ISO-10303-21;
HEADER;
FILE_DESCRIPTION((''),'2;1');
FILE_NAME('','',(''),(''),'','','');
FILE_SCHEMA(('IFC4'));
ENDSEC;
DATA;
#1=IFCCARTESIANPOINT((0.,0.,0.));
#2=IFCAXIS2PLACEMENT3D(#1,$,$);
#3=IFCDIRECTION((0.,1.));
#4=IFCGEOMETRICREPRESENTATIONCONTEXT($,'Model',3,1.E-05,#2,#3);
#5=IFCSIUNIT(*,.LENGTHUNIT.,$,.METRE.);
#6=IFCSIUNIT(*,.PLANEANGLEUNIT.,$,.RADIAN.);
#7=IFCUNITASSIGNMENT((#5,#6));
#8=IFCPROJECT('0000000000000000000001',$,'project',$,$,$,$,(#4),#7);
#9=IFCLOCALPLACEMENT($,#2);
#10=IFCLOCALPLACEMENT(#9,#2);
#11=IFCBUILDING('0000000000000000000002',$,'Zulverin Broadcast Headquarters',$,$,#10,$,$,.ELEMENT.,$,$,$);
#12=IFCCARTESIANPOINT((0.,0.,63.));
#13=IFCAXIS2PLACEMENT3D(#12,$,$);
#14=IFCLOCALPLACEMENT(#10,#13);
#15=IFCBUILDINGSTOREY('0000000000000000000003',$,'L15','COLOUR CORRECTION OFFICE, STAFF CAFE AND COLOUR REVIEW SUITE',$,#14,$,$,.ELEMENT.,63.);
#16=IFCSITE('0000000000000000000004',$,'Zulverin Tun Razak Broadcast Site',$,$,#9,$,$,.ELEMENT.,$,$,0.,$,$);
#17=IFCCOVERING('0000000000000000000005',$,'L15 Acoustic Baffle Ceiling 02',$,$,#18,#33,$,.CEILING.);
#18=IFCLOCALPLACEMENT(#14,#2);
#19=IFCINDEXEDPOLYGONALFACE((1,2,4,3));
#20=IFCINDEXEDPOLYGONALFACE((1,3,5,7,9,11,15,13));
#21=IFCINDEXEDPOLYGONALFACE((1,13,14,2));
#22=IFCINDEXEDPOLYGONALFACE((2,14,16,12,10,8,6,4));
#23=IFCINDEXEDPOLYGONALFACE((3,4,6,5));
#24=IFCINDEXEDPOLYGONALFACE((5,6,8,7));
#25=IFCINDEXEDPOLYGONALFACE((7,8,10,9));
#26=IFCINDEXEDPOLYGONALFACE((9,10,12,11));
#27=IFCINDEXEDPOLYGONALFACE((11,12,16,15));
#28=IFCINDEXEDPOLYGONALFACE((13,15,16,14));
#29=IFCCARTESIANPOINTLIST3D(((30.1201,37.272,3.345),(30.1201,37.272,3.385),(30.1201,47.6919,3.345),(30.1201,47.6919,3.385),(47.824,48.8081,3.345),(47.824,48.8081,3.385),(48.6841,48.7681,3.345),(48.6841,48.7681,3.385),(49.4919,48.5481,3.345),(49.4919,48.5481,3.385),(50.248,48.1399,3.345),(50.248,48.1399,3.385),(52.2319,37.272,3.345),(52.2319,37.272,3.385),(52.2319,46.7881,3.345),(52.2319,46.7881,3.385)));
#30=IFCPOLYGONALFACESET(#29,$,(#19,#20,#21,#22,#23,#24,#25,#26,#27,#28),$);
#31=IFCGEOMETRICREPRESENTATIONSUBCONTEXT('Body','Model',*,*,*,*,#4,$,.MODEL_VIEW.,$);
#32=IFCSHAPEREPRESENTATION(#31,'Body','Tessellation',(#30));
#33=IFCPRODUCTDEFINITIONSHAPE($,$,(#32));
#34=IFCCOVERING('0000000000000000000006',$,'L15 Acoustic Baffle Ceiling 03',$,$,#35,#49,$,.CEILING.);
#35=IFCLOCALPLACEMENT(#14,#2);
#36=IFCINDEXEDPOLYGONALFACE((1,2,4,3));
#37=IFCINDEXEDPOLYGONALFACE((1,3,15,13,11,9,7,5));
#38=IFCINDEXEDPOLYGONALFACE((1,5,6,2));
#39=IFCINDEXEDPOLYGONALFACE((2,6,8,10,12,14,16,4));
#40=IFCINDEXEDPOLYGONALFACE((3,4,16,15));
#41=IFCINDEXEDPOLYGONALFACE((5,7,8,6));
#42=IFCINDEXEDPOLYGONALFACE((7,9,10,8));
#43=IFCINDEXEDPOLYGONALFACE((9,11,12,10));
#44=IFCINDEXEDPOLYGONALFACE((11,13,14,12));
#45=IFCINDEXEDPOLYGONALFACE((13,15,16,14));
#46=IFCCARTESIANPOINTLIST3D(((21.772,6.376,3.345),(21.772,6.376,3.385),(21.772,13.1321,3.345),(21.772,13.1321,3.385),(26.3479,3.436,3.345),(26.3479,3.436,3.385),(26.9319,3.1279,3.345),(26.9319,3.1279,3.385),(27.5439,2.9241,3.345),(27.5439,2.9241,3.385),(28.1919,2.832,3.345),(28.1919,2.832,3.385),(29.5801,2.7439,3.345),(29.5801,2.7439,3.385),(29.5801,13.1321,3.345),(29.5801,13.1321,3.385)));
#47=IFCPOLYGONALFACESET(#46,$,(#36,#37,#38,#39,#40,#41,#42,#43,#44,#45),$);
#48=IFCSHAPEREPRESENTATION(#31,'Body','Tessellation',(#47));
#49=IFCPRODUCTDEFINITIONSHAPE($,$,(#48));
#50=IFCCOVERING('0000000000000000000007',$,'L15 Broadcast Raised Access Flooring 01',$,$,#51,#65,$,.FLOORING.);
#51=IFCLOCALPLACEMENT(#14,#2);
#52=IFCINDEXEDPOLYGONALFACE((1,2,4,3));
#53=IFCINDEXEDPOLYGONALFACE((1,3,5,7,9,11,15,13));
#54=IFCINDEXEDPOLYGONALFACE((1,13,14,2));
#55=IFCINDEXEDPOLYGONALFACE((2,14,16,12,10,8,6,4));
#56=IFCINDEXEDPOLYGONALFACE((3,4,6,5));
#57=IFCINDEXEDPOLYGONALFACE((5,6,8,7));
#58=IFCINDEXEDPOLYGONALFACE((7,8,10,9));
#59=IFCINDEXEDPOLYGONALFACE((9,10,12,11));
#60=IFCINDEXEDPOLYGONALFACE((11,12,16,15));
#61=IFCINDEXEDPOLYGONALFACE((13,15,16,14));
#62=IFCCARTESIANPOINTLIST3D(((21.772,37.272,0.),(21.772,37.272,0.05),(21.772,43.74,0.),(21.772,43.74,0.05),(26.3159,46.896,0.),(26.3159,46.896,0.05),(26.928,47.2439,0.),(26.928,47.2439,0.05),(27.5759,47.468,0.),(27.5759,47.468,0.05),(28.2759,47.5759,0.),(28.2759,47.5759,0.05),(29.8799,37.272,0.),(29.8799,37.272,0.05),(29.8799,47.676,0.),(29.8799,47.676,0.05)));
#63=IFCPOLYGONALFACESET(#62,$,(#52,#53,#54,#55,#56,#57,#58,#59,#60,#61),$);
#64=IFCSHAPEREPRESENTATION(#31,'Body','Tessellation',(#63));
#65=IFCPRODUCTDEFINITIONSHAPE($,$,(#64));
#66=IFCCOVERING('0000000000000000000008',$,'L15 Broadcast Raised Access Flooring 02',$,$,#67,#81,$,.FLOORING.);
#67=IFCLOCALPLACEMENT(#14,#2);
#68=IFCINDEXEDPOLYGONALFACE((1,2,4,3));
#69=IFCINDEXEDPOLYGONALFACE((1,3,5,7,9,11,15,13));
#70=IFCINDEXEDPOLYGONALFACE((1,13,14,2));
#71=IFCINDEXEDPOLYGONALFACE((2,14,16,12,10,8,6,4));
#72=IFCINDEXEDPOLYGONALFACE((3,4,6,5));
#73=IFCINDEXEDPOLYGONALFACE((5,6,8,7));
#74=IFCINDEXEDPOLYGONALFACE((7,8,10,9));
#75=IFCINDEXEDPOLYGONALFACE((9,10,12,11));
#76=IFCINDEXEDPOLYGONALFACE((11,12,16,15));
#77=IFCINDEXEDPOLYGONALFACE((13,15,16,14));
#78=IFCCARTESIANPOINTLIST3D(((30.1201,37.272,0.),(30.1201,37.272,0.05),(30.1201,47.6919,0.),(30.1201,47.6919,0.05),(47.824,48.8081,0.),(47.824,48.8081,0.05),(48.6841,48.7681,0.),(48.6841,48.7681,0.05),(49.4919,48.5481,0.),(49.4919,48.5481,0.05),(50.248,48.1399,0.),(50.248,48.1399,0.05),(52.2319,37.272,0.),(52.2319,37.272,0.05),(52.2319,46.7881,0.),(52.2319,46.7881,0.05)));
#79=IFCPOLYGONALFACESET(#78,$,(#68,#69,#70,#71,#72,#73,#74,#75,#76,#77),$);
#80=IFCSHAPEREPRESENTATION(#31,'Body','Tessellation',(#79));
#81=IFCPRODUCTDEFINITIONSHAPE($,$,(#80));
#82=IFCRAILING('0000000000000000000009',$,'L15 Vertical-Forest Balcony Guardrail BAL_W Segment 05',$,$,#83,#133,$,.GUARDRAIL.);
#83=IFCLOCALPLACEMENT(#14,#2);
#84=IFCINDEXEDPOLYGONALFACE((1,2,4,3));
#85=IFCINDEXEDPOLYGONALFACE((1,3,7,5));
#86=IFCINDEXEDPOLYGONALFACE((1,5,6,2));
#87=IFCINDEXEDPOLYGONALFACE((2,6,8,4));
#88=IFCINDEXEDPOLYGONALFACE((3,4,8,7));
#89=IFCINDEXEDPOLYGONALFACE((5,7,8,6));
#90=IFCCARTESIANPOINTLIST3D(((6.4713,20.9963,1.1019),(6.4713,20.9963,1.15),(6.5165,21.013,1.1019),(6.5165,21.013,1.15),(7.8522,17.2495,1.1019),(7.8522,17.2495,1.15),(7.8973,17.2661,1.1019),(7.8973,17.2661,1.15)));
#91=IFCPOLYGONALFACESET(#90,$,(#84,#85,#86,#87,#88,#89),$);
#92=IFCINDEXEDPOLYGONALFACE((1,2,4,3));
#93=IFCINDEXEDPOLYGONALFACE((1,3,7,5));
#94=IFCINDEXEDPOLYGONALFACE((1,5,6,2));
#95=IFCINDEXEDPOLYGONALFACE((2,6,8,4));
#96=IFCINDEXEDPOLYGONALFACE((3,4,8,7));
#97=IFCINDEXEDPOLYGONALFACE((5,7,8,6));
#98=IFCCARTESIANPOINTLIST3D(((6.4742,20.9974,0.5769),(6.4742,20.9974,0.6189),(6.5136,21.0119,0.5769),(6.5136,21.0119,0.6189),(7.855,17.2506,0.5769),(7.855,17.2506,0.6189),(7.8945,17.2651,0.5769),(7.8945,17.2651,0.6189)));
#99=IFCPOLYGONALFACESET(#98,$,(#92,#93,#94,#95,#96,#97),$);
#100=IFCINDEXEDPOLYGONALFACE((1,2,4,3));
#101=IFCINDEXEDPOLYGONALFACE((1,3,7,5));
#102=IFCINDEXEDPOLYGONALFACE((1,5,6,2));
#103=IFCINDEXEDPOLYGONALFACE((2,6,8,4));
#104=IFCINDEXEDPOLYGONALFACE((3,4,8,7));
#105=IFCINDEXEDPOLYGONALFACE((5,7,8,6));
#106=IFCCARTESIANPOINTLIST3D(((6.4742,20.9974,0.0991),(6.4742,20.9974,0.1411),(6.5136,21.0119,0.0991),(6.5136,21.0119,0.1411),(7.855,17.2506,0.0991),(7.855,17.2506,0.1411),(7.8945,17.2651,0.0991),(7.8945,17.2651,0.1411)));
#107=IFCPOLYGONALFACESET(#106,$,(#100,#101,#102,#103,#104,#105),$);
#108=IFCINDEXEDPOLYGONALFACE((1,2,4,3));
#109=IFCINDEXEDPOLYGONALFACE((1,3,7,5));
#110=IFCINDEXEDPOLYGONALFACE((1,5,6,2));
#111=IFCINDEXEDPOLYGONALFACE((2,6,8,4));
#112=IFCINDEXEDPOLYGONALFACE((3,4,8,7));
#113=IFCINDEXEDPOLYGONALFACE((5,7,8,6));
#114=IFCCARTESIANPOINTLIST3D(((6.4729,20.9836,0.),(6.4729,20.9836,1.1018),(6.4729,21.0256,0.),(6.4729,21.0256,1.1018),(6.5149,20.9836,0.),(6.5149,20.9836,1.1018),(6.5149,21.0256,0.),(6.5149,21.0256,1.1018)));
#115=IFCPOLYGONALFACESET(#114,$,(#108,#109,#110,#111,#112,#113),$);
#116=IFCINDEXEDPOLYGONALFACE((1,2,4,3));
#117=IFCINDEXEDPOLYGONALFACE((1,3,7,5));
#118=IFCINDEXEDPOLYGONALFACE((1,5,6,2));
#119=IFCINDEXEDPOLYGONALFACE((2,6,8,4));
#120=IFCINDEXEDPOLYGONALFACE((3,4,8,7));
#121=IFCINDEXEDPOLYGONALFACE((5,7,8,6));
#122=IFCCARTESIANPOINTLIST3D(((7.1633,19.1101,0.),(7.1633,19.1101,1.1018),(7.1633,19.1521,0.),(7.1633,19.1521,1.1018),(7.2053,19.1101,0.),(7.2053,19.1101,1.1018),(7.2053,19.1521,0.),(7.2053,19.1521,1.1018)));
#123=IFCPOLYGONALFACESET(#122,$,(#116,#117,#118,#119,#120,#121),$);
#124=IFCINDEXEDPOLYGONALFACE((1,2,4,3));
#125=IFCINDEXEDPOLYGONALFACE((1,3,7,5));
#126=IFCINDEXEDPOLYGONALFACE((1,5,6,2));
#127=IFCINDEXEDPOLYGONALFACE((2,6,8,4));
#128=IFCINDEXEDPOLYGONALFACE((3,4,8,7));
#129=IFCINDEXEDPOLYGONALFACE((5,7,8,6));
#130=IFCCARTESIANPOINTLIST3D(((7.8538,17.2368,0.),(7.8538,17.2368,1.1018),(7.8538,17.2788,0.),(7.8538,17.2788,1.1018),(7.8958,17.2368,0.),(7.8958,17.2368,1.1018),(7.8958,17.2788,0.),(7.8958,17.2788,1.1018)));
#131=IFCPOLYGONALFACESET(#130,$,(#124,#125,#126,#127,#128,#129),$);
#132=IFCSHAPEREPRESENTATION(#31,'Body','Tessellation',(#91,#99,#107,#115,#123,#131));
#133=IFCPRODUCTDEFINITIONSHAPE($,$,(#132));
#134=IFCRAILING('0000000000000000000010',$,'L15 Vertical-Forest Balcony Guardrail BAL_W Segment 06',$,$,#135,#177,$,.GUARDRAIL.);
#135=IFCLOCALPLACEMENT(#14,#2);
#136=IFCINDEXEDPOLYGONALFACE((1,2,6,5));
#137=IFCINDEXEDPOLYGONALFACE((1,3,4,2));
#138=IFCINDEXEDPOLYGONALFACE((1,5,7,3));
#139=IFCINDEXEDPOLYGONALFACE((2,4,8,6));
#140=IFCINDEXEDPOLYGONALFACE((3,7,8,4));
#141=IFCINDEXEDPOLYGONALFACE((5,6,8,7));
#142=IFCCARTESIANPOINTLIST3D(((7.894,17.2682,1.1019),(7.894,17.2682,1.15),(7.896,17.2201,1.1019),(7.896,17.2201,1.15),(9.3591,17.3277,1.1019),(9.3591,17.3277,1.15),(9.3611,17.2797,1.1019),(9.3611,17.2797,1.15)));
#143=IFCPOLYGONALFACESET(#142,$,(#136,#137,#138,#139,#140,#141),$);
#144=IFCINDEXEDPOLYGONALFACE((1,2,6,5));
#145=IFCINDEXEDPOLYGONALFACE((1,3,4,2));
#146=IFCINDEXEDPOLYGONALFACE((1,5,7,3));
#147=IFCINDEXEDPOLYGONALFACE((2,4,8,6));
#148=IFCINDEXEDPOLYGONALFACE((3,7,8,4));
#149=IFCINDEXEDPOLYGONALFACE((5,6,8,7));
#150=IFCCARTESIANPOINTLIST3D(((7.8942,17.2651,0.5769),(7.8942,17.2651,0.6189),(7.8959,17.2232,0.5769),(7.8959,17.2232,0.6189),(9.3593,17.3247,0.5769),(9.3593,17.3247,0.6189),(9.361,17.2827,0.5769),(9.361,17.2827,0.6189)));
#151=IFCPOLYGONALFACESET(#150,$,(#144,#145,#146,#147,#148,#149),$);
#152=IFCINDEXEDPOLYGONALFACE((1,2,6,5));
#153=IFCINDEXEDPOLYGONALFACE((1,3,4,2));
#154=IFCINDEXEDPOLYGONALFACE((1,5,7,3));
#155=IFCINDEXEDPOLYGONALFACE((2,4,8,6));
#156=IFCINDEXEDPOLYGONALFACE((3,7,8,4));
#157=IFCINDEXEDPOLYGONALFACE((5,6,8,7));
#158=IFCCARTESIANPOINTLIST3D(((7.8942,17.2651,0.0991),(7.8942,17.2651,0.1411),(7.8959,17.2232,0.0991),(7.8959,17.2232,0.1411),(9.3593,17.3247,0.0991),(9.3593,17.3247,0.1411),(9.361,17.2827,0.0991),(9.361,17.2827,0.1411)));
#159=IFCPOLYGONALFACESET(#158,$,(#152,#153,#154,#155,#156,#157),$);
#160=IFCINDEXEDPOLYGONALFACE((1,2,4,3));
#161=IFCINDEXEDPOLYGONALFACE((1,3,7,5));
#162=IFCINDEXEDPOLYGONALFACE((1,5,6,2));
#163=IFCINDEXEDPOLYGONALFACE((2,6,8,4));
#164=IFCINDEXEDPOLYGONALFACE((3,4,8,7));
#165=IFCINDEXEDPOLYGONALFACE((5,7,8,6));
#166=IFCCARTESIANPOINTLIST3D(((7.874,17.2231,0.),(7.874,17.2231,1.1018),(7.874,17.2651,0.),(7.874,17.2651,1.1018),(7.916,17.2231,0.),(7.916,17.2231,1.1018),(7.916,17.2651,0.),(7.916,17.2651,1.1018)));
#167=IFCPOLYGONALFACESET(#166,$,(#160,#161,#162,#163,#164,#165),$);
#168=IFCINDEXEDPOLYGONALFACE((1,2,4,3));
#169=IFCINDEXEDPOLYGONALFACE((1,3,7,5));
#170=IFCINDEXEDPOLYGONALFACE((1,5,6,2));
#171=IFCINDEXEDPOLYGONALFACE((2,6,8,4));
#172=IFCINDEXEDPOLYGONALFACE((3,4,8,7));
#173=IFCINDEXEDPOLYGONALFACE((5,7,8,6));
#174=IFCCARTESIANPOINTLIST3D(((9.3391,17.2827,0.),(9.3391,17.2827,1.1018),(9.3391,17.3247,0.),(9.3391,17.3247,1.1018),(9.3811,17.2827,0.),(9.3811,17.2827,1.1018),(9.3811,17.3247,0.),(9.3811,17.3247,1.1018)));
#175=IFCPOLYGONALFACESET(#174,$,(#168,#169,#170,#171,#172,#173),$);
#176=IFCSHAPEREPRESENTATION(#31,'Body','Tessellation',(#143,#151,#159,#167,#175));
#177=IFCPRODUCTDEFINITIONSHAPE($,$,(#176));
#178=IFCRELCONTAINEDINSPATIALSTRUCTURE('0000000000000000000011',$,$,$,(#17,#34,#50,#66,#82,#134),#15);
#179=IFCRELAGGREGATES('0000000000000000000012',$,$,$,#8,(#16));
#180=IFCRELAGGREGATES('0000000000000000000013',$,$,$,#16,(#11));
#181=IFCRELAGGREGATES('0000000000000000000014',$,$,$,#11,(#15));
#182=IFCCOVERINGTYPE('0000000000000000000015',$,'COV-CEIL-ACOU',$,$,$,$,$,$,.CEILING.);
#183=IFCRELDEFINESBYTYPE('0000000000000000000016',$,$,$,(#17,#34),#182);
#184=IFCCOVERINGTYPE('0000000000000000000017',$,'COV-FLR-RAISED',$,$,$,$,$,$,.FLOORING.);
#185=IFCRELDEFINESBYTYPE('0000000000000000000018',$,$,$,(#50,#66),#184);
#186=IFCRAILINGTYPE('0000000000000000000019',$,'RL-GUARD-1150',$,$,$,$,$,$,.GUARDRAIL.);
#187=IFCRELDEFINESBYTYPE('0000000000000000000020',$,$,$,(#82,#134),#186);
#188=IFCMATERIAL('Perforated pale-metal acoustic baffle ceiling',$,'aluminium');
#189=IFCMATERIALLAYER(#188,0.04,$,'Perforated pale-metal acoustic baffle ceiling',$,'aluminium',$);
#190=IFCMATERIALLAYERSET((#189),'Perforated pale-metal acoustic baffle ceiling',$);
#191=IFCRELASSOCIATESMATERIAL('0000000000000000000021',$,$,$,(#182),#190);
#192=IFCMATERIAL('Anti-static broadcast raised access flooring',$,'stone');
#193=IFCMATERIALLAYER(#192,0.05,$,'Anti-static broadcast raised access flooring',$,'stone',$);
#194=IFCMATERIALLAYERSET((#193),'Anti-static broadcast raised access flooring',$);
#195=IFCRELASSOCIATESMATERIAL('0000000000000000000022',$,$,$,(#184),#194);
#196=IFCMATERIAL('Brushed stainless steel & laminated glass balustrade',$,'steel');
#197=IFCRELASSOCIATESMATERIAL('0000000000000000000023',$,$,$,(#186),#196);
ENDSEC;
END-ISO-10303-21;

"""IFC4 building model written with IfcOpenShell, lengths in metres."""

from ifc_helpers import new_model, si_unit, direction, frame, origin, origin_2d, place, context, subcontext, project, spatial, polyline, rectangle, outline, extrude, material, layer, layer_set, type_object, element, save


model = new_model("IFC4")

# Units and contexts
model_context = context("Model", 3, precision=1e-05, world=origin(), true_north=direction((0.0, 1.0)))
body_context = subcontext(model_context, "Body", "Model", "MODEL_VIEW")
ifc_project = project(units=[si_unit("LENGTHUNIT", "METRE"), si_unit("PLANEANGLEUNIT", "RADIAN")], contexts=[model_context])

# Site, building, storey
site_placement = place(None, origin())
site = spatial("IfcSite", under=ifc_project, at=site_placement, Name="Zulverin Tun Razak Broadcast Site", CompositionType="ELEMENT", RefElevation=0.0)
building_placement = place(site_placement, origin())
building = spatial("IfcBuilding", under=site, at=building_placement, Name="Zulverin Broadcast Headquarters", CompositionType="ELEMENT")
storey_placement = place(building_placement, frame((0.0, 0.0, 63.0)))
storey = spatial("IfcBuildingStorey", under=building, at=storey_placement, Name="L15", Description="COLOUR CORRECTION OFFICE, STAFF CAFE AND COLOUR REVIEW SUITE", CompositionType="ELEMENT", Elevation=63.0)

# Coverings
ifc_material_1 = material(Name="Perforated pale-metal acoustic baffle ceiling", Category="aluminium")
ifc_layer_1 = layer(ifc_material_1, 0.04, Name="Perforated pale-metal acoustic baffle ceiling", Category="aluminium")
ifc_layer_set_1 = layer_set([ifc_layer_1], Name="Perforated pale-metal acoustic baffle ceiling")
covering_type_1 = type_object("IfcCoveringType", Name="COV-CEIL-ACOU", PredefinedType="CEILING", material=ifc_layer_set_1)
covering_1_placement = place(storey_placement, frame((0.0, 0.0, 3.345)))
element("IfcCovering", 1, at=covering_1_placement, inside=storey, type_object=covering_type_1, Name="L15 Acoustic Baffle Ceiling 02", PredefinedType="CEILING", context=body_context, shape_type="SweptSolid", body=[
    extrude(outline(polyline([(52.2319, 37.272), (52.2319, 46.7881), (50.248, 48.1399), (49.4919, 48.5481), (48.6841, 48.7681), (47.824, 48.8081), (30.1201, 47.6919), (30.1201, 37.272), (52.2319, 37.272)])), origin(), (0.0, 0.0, 1.0), 0.04),
])
covering_2_placement = place(storey_placement, frame((0.0, 0.0, 3.345)))
element("IfcCovering", 2, at=covering_2_placement, inside=storey, type_object=covering_type_1, Name="L15 Acoustic Baffle Ceiling 03", PredefinedType="CEILING", context=body_context, shape_type="SweptSolid", body=[
    extrude(outline(polyline([(21.772, 13.1321), (21.772, 6.376), (26.3479, 3.436), (26.9319, 3.1279), (27.5439, 2.9241), (28.1919, 2.832), (29.5801, 2.7439), (29.5801, 13.1321), (21.772, 13.1321)])), origin(), (0.0, 0.0, 1.0), 0.04),
])
ifc_material_2 = material(Name="Anti-static broadcast raised access flooring", Category="stone")
ifc_layer_2 = layer(ifc_material_2, 0.05, Name="Anti-static broadcast raised access flooring", Category="stone")
ifc_layer_set_2 = layer_set([ifc_layer_2], Name="Anti-static broadcast raised access flooring")
covering_type_2 = type_object("IfcCoveringType", Name="COV-FLR-RAISED", PredefinedType="FLOORING", material=ifc_layer_set_2)
covering_3_placement = place(storey_placement, origin())
element("IfcCovering", 3, at=covering_3_placement, inside=storey, type_object=covering_type_2, Name="L15 Broadcast Raised Access Flooring 01", PredefinedType="FLOORING", context=body_context, shape_type="SweptSolid", body=[
    extrude(outline(polyline([(29.8799, 37.272), (29.8799, 47.676), (28.2759, 47.5759), (27.5759, 47.468), (26.928, 47.2439), (26.3159, 46.896), (21.772, 43.74), (21.772, 37.272), (29.8799, 37.272)])), origin(), (0.0, 0.0, 1.0), 0.05),
])
covering_4_placement = place(storey_placement, origin())
element("IfcCovering", 4, at=covering_4_placement, inside=storey, type_object=covering_type_2, Name="L15 Broadcast Raised Access Flooring 02", PredefinedType="FLOORING", context=body_context, shape_type="SweptSolid", body=[
    extrude(outline(polyline([(52.2319, 37.272), (52.2319, 46.7881), (50.248, 48.1399), (49.4919, 48.5481), (48.6841, 48.7681), (47.824, 48.8081), (30.1201, 47.6919), (30.1201, 37.272), (52.2319, 37.272)])), origin(), (0.0, 0.0, 1.0), 0.05),
])

# Railings
ifc_material_3 = material(Name="Brushed stainless steel & laminated glass balustrade", Category="steel")
railing_type = type_object("IfcRailingType", Name="RL-GUARD-1150", PredefinedType="GUARDRAIL", material=ifc_material_3)
railing_1_placement = place(storey_placement, frame((6.4939, 21.0046, 0.0)))
element("IfcRailing", 5, at=railing_1_placement, inside=storey, type_object=railing_type, Name="L15 Vertical-Forest Balcony Guardrail BAL_W Segment 05", PredefinedType="GUARDRAIL", context=body_context, shape_type="SweptSolid", body=[
    extrude(rectangle(XDim=0.0481, YDim=0.0481, at=origin_2d()), frame((0.0, 0.0, 1.126), z_axis=(0.345805, -0.938307, 0.0), x_axis=(0.938307, 0.345805, 0.0)), (0.0, 0.0, 1.0), 3.9932),
    extrude(rectangle(XDim=0.042, YDim=0.042, at=origin_2d()), frame((0.0, 0.0, 0.5979), z_axis=(0.345805, -0.938307, 0.0), x_axis=(0.938307, 0.345805, 0.0)), (0.0, 0.0, 1.0), 3.9932),
    extrude(rectangle(XDim=0.042, YDim=0.042, at=origin_2d()), frame((0.0, 0.0, 0.1201), z_axis=(0.345805, -0.938307, 0.0), x_axis=(0.938307, 0.345805, 0.0)), (0.0, 0.0, 1.0), 3.9932),
    extrude(rectangle(XDim=0.042, YDim=0.042, at=origin_2d()), origin(), (0.0, 0.0, 1.0), 1.1018),
    extrude(rectangle(XDim=0.042, YDim=0.042, at=origin_2d()), frame((0.6904, -1.8735, 0.0)), (0.0, 0.0, 1.0), 1.1018),
    extrude(rectangle(XDim=0.042, YDim=0.042, at=origin_2d()), frame((1.3809, -3.7468, 0.0)), (0.0, 0.0, 1.0), 1.1018),
])
railing_2_placement = place(storey_placement, frame((7.895, 17.2441, 0.0)))
element("IfcRailing", 6, at=railing_2_placement, inside=storey, type_object=railing_type, Name="L15 Vertical-Forest Balcony Guardrail BAL_W Segment 06", PredefinedType="GUARDRAIL", context=body_context, shape_type="SweptSolid", body=[
    extrude(rectangle(XDim=0.0481, YDim=0.0481, at=origin_2d()), frame((0.0, 0.0, 1.126), z_axis=(0.999174, 0.040626, 0.0), x_axis=(-0.040626, 0.999174, 0.0)), (0.0, 0.0, 1.0), 1.4663),
    extrude(rectangle(XDim=0.042, YDim=0.042, at=origin_2d()), frame((0.0, 0.0, 0.5979), z_axis=(0.999174, 0.040626, 0.0), x_axis=(-0.040626, 0.999174, 0.0)), (0.0, 0.0, 1.0), 1.4663),
    extrude(rectangle(XDim=0.042, YDim=0.042, at=origin_2d()), frame((0.0, 0.0, 0.1201), z_axis=(0.999174, 0.040626, 0.0), x_axis=(-0.040626, 0.999174, 0.0)), (0.0, 0.0, 1.0), 1.4663),
    extrude(rectangle(XDim=0.042, YDim=0.042, at=origin_2d()), origin(), (0.0, 0.0, 1.0), 1.1018),
    extrude(rectangle(XDim=0.042, YDim=0.042, at=origin_2d()), frame((1.4651, 0.0596, 0.0)), (0.0, 0.0, 1.0), 1.1018),
])

save(model, "model.ifc")
